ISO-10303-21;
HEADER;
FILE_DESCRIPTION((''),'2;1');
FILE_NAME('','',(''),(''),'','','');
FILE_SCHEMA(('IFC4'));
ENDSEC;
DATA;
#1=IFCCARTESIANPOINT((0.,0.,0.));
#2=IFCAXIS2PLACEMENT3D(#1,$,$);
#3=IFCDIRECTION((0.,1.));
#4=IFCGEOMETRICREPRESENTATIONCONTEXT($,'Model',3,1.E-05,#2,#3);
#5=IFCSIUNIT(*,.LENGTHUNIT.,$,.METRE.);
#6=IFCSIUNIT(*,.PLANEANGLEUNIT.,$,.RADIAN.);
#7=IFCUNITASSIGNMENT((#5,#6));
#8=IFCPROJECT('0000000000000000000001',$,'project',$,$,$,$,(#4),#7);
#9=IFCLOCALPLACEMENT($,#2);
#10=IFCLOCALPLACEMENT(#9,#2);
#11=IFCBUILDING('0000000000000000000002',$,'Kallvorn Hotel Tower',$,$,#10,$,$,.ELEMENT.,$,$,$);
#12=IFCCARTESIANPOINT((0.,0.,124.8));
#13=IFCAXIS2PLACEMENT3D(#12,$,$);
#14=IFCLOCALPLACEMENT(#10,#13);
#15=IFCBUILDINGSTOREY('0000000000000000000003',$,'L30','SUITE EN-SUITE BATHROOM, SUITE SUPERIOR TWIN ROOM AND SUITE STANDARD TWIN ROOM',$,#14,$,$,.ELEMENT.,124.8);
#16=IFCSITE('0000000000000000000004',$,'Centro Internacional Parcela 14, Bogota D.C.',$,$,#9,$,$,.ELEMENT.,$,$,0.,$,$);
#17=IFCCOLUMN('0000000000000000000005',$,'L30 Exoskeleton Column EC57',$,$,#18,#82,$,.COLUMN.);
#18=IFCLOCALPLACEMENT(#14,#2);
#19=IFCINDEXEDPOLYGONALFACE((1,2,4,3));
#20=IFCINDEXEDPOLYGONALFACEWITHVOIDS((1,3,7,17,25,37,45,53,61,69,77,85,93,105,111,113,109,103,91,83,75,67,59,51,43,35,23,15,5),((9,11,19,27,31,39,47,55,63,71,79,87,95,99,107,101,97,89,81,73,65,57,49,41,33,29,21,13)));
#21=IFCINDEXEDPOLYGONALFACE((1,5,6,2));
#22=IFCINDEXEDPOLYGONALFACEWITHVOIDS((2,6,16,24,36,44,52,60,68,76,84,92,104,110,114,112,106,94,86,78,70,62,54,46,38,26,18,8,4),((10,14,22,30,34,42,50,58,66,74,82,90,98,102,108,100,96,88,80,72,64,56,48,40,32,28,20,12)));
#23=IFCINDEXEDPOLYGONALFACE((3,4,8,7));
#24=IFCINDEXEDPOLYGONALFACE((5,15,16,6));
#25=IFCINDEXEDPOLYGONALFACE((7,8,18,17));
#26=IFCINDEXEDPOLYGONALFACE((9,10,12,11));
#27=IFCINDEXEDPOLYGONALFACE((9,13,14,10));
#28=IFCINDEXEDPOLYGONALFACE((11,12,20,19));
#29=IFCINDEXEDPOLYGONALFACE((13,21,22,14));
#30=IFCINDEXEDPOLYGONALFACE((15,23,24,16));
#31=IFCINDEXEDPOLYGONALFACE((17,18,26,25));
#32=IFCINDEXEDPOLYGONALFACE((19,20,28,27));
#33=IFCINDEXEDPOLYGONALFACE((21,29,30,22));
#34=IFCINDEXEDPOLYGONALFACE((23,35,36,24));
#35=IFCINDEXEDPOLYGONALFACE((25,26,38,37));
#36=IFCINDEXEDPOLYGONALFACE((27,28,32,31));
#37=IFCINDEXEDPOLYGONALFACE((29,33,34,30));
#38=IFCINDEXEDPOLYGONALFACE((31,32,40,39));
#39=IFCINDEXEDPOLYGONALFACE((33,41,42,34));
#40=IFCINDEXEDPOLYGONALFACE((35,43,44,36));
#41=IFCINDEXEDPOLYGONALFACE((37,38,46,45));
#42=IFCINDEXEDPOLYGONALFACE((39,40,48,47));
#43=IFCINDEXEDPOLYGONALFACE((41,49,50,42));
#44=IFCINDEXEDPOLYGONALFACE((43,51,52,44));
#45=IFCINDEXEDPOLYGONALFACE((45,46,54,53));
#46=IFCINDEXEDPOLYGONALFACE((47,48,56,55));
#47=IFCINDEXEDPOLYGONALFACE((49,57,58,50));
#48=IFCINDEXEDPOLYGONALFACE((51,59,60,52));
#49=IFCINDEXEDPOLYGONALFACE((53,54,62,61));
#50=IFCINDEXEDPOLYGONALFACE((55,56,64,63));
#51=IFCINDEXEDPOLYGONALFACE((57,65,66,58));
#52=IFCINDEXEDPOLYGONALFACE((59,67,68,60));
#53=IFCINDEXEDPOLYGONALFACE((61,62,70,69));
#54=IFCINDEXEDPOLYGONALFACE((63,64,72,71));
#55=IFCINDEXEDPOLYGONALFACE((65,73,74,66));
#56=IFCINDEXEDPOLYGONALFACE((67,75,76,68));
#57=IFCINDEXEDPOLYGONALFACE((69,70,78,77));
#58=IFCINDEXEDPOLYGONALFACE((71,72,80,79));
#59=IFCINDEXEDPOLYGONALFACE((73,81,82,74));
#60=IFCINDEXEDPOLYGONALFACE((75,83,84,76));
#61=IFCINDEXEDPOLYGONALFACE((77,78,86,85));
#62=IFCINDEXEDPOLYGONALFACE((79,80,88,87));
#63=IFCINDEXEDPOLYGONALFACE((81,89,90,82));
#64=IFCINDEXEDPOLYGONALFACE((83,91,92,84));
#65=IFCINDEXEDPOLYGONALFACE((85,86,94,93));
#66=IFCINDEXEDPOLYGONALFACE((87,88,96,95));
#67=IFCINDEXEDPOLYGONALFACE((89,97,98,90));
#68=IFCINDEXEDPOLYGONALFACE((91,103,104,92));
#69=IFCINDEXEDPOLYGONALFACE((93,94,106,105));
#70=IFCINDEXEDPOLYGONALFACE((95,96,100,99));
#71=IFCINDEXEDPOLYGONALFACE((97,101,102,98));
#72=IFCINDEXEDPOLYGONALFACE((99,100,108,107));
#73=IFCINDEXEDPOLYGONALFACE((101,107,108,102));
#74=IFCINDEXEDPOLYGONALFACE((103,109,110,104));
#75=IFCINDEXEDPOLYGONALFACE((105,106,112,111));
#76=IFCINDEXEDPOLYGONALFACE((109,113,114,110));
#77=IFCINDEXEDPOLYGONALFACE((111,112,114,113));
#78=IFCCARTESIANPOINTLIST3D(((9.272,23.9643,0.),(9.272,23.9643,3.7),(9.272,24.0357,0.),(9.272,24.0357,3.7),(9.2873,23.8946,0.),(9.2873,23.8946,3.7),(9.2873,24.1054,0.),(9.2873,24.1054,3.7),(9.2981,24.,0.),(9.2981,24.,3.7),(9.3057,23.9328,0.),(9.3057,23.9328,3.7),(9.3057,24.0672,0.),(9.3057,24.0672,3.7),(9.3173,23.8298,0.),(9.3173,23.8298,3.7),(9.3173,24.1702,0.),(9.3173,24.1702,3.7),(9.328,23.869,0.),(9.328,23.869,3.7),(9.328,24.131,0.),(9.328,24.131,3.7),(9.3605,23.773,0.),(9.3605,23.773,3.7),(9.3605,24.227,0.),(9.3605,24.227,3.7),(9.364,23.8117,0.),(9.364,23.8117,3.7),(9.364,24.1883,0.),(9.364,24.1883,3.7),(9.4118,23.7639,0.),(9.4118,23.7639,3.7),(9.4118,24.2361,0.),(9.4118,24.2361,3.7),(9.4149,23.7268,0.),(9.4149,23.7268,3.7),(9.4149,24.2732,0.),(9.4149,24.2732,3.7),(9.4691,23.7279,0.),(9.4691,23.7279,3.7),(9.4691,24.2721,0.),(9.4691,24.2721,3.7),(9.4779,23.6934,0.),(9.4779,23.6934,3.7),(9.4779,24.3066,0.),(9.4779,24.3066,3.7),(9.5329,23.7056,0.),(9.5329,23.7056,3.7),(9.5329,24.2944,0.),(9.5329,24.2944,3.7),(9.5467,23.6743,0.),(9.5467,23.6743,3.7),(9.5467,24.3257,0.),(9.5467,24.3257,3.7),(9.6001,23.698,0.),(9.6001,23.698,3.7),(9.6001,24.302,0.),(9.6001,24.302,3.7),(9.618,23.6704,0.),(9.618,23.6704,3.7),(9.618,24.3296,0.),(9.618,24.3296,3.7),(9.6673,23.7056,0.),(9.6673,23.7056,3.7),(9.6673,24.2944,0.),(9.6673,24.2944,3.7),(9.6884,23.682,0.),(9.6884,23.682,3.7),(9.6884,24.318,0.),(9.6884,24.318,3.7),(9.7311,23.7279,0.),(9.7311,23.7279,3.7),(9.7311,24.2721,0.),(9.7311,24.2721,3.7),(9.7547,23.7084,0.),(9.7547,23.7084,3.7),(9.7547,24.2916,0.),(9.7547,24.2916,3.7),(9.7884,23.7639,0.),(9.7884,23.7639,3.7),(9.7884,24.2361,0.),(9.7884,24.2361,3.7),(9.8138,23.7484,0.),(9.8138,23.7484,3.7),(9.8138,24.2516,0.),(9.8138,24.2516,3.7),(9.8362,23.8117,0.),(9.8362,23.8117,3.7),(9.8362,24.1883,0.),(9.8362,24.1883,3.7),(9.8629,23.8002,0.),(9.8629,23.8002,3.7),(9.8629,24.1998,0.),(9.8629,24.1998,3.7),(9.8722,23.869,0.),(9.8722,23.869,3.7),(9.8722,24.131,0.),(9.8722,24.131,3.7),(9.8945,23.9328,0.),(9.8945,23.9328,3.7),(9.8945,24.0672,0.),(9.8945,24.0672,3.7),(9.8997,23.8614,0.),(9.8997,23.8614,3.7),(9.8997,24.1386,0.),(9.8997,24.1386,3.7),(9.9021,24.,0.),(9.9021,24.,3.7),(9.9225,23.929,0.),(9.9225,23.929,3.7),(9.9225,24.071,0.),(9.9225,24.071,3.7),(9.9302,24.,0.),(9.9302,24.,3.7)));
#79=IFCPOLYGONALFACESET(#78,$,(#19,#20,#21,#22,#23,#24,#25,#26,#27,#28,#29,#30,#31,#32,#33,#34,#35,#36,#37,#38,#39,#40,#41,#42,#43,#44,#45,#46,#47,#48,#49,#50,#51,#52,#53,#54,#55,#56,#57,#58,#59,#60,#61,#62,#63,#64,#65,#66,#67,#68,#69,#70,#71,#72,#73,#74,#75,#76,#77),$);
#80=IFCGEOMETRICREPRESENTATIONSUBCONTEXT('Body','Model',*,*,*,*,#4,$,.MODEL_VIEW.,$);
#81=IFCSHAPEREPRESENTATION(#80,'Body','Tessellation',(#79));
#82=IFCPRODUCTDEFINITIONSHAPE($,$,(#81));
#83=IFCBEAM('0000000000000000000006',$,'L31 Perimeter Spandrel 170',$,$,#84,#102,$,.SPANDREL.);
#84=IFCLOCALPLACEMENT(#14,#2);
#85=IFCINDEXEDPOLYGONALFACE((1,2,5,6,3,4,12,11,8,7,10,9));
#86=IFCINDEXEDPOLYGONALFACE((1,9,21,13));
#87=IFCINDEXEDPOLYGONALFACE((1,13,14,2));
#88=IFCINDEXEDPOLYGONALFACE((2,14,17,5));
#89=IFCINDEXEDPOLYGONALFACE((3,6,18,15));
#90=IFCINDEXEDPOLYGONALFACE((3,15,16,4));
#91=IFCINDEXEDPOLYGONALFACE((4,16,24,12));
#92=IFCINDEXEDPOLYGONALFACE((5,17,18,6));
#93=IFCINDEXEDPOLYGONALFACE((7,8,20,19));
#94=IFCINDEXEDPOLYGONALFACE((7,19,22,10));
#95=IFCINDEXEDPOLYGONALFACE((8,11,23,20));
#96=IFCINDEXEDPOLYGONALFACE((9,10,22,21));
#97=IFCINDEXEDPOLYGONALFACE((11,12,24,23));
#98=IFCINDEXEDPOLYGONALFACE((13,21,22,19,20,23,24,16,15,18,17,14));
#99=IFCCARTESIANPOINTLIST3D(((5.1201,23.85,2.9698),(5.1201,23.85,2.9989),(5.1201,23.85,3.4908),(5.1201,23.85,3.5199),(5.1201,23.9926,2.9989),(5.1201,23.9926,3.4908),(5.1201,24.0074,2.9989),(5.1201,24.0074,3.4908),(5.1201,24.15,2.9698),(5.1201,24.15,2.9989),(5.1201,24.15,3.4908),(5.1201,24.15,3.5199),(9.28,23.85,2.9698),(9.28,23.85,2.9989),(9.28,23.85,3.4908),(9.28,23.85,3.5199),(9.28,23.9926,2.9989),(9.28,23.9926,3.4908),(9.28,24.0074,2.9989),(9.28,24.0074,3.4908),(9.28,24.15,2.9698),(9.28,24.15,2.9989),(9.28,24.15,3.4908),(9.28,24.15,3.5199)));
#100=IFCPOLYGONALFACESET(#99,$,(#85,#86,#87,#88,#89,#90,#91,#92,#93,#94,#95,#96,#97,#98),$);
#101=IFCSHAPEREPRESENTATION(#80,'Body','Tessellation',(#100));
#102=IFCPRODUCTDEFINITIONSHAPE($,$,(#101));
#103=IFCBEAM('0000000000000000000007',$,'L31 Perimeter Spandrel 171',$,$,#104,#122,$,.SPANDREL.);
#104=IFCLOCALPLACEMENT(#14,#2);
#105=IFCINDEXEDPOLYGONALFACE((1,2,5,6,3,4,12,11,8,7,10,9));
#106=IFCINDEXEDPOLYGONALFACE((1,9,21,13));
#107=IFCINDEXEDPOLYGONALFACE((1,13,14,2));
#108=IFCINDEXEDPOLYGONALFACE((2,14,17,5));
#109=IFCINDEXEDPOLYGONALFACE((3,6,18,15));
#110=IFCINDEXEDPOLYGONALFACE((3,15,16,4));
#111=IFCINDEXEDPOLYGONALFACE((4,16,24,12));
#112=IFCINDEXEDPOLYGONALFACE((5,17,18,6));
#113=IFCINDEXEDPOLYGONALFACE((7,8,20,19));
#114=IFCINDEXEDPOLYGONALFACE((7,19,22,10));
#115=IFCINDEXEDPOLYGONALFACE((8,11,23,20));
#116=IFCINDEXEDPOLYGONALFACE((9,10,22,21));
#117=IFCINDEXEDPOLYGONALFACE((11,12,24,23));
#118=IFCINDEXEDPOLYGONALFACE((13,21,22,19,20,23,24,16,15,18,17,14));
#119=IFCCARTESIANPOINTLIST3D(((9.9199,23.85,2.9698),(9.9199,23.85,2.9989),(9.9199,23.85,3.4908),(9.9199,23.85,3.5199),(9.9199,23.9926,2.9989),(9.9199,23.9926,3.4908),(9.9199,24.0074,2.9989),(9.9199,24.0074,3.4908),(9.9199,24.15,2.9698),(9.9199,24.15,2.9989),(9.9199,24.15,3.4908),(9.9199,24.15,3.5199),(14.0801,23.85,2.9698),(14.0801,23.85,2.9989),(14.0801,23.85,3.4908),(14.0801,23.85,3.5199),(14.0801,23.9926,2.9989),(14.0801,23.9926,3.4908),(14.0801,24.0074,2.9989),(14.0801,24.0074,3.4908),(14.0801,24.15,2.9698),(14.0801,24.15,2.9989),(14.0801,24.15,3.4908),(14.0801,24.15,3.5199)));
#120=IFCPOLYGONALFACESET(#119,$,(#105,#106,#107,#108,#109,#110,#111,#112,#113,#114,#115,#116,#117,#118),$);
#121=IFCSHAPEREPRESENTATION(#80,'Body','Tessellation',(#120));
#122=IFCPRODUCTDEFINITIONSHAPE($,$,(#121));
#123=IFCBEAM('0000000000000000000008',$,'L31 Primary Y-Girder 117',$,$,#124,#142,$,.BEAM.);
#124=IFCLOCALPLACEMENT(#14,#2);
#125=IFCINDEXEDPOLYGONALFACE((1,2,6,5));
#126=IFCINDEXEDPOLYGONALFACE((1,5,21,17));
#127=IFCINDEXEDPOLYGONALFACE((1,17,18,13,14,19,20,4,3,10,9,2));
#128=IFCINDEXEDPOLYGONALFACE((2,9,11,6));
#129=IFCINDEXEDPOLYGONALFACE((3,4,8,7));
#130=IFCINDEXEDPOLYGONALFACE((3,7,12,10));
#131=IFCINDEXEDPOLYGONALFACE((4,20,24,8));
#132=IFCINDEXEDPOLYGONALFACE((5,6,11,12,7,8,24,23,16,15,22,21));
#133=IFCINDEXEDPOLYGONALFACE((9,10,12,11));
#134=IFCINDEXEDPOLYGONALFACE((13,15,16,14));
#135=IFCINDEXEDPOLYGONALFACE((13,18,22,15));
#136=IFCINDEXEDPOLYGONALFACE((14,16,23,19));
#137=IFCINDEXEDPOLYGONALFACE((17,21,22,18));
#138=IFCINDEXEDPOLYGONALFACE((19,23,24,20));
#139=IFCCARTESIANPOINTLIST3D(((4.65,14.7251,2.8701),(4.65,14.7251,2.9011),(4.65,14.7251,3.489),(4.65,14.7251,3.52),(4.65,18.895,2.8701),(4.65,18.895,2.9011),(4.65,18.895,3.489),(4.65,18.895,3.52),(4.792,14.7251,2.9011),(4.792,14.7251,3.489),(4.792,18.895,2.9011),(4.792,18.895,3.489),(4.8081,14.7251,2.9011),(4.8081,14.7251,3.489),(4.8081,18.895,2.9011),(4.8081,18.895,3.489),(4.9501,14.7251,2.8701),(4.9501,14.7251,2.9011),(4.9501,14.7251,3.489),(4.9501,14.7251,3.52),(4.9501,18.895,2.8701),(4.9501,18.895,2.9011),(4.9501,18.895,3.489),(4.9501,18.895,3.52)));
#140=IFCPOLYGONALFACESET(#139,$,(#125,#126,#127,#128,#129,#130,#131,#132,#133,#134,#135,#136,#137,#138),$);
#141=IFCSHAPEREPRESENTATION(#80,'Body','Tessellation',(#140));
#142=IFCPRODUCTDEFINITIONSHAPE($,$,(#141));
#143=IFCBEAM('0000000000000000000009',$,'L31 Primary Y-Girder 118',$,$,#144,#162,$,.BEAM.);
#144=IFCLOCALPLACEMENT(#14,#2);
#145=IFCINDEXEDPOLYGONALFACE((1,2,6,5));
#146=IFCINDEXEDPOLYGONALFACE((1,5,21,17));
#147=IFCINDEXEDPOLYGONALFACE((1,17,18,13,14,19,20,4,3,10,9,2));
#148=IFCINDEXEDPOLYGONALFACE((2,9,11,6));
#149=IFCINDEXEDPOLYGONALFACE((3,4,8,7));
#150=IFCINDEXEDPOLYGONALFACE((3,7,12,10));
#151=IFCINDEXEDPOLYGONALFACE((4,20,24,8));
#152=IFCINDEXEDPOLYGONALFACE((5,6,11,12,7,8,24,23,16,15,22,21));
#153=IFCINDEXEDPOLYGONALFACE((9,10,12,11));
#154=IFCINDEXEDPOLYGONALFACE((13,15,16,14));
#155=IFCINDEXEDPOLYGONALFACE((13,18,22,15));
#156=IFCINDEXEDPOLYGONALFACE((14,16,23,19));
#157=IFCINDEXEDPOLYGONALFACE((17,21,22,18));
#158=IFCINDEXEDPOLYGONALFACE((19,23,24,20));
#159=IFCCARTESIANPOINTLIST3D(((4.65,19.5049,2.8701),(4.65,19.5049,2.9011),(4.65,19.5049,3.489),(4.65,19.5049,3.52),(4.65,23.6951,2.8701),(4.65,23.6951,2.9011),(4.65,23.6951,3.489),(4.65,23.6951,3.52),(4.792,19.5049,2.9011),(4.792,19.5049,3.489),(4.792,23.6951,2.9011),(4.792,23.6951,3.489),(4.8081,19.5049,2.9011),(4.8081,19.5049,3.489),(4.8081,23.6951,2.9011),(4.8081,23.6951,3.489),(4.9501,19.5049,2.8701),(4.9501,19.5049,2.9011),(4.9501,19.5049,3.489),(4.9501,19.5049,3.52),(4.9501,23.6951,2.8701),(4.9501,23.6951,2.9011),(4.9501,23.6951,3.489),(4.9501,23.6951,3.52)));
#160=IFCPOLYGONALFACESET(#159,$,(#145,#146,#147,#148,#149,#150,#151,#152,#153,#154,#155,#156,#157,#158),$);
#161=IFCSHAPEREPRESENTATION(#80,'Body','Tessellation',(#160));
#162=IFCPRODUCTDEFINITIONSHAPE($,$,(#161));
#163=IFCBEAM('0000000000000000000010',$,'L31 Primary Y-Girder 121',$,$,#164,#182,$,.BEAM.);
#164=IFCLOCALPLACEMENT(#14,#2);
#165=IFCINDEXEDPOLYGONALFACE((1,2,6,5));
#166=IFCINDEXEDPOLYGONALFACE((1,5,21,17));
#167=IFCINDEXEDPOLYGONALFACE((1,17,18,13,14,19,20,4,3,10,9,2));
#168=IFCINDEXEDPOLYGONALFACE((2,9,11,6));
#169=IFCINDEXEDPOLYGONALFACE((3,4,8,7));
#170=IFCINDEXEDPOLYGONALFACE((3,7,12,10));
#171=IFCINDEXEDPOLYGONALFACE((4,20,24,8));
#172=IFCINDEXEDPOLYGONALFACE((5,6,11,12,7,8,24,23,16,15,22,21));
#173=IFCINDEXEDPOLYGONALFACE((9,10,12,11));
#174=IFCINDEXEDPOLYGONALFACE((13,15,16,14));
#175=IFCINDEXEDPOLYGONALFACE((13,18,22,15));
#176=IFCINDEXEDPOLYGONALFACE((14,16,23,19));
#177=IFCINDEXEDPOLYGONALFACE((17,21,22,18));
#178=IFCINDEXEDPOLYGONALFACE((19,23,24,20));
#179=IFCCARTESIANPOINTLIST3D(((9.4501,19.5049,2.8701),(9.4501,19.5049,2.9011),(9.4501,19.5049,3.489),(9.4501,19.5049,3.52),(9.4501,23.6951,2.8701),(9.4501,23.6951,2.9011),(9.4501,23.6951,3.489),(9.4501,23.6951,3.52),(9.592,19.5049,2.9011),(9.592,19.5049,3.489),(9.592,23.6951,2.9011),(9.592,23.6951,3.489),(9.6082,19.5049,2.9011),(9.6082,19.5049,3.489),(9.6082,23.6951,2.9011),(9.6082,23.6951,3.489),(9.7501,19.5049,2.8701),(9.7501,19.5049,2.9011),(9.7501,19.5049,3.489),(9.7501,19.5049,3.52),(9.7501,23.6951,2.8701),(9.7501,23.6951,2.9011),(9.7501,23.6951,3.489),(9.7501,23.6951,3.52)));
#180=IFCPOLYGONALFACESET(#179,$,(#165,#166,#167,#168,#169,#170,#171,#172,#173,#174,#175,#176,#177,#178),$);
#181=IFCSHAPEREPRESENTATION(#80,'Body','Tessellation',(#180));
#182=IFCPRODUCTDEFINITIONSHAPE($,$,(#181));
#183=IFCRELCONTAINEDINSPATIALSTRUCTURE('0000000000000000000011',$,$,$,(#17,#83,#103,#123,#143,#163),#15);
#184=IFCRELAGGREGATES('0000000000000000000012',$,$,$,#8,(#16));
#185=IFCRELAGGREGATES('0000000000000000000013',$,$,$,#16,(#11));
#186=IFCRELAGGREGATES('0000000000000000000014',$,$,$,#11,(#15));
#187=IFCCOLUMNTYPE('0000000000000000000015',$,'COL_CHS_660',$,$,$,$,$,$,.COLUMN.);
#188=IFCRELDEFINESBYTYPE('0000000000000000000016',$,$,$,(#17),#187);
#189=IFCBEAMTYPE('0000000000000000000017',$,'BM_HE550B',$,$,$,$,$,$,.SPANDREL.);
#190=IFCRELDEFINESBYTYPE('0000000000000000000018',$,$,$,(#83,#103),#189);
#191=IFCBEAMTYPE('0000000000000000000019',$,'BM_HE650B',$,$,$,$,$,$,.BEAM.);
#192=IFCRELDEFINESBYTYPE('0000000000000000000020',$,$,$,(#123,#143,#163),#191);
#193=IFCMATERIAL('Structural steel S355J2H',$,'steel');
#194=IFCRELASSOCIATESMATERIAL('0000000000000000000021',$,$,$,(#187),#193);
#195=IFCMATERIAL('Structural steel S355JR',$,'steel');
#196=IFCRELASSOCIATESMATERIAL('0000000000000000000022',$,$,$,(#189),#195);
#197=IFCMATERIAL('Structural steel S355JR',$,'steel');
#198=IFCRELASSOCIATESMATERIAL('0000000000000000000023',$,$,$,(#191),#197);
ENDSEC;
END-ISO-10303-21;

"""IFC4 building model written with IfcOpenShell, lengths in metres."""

from ifc_helpers import new_model, si_unit, direction, frame, origin, origin_2d, place, context, subcontext, project, spatial, hollow_circle, i_section, extrude, material, material_profile, profile_set, type_object, element, save


model = new_model("IFC4")

# Units and contexts
model_context = context("Model", 3, precision=1e-05, world=origin(), true_north=direction((0.0, 1.0)))
body_context = subcontext(model_context, "Body", "Model", "MODEL_VIEW")
ifc_project = project(units=[si_unit("LENGTHUNIT", "METRE"), si_unit("PLANEANGLEUNIT", "RADIAN")], contexts=[model_context])

# Site, building, storey
site_placement = place(None, origin())
site = spatial("IfcSite", under=ifc_project, at=site_placement, Name="Centro Internacional Parcela 14, Bogota D.C.", CompositionType="ELEMENT", RefElevation=0.0)
building_placement = place(site_placement, origin())
building = spatial("IfcBuilding", under=site, at=building_placement, Name="Kallvorn Hotel Tower", CompositionType="ELEMENT")
storey_placement = place(building_placement, frame((0.0, 0.0, 124.8)))
storey = spatial("IfcBuildingStorey", under=building, at=storey_placement, Name="L30", Description="SUITE EN-SUITE BATHROOM, SUITE SUPERIOR TWIN ROOM AND SUITE STANDARD TWIN ROOM", CompositionType="ELEMENT", Elevation=124.8)

# Column
ifc_material_1 = material(Name="Structural steel S355J2H", Category="steel")
ifc_material_profile_1 = material_profile(ifc_material_1, hollow_circle(Radius=0.3301, WallThickness=0.0281, at=origin_2d()), Name="CHS 660x28")
ifc_profile_set_1 = profile_set([ifc_material_profile_1], Name="Structural steel S355J2H")
column_type = type_object("IfcColumnType", Name="COL_CHS_660", PredefinedType="COLUMN", material=ifc_profile_set_1)
for number, where, z_axis, x_axis, name in (
    (1, (9.6001, 24.0, 0.0), (0.0, 0.0, 1.0), (1.0, 0.0, 0.0), "L30 Exoskeleton Column EC57"),
):
    element("IfcColumn", number, at=place(storey_placement, frame(where, z_axis=z_axis, x_axis=x_axis)), inside=storey, type_object=column_type, Name=name, PredefinedType="COLUMN", context=body_context, shape_type="SweptSolid", body=[
        extrude(hollow_circle(Radius=0.3301, WallThickness=0.0281, at=origin_2d()), origin(), (0.0, 0.0, 1.0), 3.7),
    ])

# Beams
ifc_material_2 = material(Name="Structural steel S355JR", Category="steel")
ifc_material_profile_2 = material_profile(ifc_material_2, i_section(OverallWidth=0.3, OverallDepth=0.55, WebThickness=0.0149, FlangeThickness=0.0291, at=origin_2d()), Name="HE 550 B")
ifc_profile_set_2 = profile_set([ifc_material_profile_2], Name="Structural steel S355JR")
beam_type_1 = type_object("IfcBeamType", Name="BM_HE550B", PredefinedType="SPANDREL", material=ifc_profile_set_2)
beam_1_placement = place(storey_placement, frame((5.1201, 24.0, 3.2449), z_axis=(1.0, 0.0, 0.0), x_axis=(0.0, 1.0, 0.0)))
element("IfcBeam", 2, at=beam_1_placement, inside=storey, type_object=beam_type_1, Name="L31 Perimeter Spandrel 170", PredefinedType="SPANDREL", context=body_context, shape_type="SweptSolid", body=[
    extrude(i_section(OverallWidth=0.3, OverallDepth=0.55, WebThickness=0.0149, FlangeThickness=0.0291, at=origin_2d()), origin(), (0.0, 0.0, 1.0), 4.1599),
])
beam_2_placement = place(storey_placement, frame((9.9199, 24.0, 3.2449), z_axis=(1.0, 0.0, 0.0), x_axis=(0.0, 1.0, 0.0)))
element("IfcBeam", 3, at=beam_2_placement, inside=storey, type_object=beam_type_1, Name="L31 Perimeter Spandrel 171", PredefinedType="SPANDREL", context=body_context, shape_type="SweptSolid", body=[
    extrude(i_section(OverallWidth=0.3, OverallDepth=0.55, WebThickness=0.0149, FlangeThickness=0.0291, at=origin_2d()), origin(), (0.0, 0.0, 1.0), 4.1602),
])
ifc_material_3 = material(Name="Structural steel S355JR", Category="steel")
ifc_material_profile_3 = material_profile(ifc_material_3, i_section(OverallWidth=0.3, OverallDepth=0.6499, WebThickness=0.0161, FlangeThickness=0.031, at=origin_2d()), Name="HE 650 B")
ifc_profile_set_3 = profile_set([ifc_material_profile_3], Name="Structural steel S355JR")
beam_type_2 = type_object("IfcBeamType", Name="BM_HE650B", PredefinedType="BEAM", material=ifc_profile_set_3)
beam_3_placement = place(storey_placement, frame((4.8, 14.7251, 3.1951), z_axis=(0.0, 1.0, 0.0), x_axis=(-1.0, 0.0, 0.0)))
element("IfcBeam", 4, at=beam_3_placement, inside=storey, type_object=beam_type_2, Name="L31 Primary Y-Girder 117", PredefinedType="BEAM", context=body_context, shape_type="SweptSolid", body=[
    extrude(i_section(OverallWidth=0.3, OverallDepth=0.6499, WebThickness=0.0161, FlangeThickness=0.031, at=origin_2d()), origin(), (0.0, 0.0, 1.0), 4.1699),
])
for number, where, z_axis, x_axis, name in (
    (5, (4.8, 19.5049, 3.1951), (0.0, 1.0, 0.0), (-1.0, 0.0, 0.0), "L31 Primary Y-Girder 118"),
    (6, (9.6001, 19.5049, 3.1951), (0.0, 1.0, 0.0), (-1.0, 0.0, 0.0), "L31 Primary Y-Girder 121"),
):
    element("IfcBeam", number, at=place(storey_placement, frame(where, z_axis=z_axis, x_axis=x_axis)), inside=storey, type_object=beam_type_2, Name=name, PredefinedType="BEAM", context=body_context, shape_type="SweptSolid", body=[
        extrude(i_section(OverallWidth=0.3, OverallDepth=0.6499, WebThickness=0.0161, FlangeThickness=0.031, at=origin_2d()), origin(), (0.0, 0.0, 1.0), 4.1902),
    ])

save(model, "model.ifc")
